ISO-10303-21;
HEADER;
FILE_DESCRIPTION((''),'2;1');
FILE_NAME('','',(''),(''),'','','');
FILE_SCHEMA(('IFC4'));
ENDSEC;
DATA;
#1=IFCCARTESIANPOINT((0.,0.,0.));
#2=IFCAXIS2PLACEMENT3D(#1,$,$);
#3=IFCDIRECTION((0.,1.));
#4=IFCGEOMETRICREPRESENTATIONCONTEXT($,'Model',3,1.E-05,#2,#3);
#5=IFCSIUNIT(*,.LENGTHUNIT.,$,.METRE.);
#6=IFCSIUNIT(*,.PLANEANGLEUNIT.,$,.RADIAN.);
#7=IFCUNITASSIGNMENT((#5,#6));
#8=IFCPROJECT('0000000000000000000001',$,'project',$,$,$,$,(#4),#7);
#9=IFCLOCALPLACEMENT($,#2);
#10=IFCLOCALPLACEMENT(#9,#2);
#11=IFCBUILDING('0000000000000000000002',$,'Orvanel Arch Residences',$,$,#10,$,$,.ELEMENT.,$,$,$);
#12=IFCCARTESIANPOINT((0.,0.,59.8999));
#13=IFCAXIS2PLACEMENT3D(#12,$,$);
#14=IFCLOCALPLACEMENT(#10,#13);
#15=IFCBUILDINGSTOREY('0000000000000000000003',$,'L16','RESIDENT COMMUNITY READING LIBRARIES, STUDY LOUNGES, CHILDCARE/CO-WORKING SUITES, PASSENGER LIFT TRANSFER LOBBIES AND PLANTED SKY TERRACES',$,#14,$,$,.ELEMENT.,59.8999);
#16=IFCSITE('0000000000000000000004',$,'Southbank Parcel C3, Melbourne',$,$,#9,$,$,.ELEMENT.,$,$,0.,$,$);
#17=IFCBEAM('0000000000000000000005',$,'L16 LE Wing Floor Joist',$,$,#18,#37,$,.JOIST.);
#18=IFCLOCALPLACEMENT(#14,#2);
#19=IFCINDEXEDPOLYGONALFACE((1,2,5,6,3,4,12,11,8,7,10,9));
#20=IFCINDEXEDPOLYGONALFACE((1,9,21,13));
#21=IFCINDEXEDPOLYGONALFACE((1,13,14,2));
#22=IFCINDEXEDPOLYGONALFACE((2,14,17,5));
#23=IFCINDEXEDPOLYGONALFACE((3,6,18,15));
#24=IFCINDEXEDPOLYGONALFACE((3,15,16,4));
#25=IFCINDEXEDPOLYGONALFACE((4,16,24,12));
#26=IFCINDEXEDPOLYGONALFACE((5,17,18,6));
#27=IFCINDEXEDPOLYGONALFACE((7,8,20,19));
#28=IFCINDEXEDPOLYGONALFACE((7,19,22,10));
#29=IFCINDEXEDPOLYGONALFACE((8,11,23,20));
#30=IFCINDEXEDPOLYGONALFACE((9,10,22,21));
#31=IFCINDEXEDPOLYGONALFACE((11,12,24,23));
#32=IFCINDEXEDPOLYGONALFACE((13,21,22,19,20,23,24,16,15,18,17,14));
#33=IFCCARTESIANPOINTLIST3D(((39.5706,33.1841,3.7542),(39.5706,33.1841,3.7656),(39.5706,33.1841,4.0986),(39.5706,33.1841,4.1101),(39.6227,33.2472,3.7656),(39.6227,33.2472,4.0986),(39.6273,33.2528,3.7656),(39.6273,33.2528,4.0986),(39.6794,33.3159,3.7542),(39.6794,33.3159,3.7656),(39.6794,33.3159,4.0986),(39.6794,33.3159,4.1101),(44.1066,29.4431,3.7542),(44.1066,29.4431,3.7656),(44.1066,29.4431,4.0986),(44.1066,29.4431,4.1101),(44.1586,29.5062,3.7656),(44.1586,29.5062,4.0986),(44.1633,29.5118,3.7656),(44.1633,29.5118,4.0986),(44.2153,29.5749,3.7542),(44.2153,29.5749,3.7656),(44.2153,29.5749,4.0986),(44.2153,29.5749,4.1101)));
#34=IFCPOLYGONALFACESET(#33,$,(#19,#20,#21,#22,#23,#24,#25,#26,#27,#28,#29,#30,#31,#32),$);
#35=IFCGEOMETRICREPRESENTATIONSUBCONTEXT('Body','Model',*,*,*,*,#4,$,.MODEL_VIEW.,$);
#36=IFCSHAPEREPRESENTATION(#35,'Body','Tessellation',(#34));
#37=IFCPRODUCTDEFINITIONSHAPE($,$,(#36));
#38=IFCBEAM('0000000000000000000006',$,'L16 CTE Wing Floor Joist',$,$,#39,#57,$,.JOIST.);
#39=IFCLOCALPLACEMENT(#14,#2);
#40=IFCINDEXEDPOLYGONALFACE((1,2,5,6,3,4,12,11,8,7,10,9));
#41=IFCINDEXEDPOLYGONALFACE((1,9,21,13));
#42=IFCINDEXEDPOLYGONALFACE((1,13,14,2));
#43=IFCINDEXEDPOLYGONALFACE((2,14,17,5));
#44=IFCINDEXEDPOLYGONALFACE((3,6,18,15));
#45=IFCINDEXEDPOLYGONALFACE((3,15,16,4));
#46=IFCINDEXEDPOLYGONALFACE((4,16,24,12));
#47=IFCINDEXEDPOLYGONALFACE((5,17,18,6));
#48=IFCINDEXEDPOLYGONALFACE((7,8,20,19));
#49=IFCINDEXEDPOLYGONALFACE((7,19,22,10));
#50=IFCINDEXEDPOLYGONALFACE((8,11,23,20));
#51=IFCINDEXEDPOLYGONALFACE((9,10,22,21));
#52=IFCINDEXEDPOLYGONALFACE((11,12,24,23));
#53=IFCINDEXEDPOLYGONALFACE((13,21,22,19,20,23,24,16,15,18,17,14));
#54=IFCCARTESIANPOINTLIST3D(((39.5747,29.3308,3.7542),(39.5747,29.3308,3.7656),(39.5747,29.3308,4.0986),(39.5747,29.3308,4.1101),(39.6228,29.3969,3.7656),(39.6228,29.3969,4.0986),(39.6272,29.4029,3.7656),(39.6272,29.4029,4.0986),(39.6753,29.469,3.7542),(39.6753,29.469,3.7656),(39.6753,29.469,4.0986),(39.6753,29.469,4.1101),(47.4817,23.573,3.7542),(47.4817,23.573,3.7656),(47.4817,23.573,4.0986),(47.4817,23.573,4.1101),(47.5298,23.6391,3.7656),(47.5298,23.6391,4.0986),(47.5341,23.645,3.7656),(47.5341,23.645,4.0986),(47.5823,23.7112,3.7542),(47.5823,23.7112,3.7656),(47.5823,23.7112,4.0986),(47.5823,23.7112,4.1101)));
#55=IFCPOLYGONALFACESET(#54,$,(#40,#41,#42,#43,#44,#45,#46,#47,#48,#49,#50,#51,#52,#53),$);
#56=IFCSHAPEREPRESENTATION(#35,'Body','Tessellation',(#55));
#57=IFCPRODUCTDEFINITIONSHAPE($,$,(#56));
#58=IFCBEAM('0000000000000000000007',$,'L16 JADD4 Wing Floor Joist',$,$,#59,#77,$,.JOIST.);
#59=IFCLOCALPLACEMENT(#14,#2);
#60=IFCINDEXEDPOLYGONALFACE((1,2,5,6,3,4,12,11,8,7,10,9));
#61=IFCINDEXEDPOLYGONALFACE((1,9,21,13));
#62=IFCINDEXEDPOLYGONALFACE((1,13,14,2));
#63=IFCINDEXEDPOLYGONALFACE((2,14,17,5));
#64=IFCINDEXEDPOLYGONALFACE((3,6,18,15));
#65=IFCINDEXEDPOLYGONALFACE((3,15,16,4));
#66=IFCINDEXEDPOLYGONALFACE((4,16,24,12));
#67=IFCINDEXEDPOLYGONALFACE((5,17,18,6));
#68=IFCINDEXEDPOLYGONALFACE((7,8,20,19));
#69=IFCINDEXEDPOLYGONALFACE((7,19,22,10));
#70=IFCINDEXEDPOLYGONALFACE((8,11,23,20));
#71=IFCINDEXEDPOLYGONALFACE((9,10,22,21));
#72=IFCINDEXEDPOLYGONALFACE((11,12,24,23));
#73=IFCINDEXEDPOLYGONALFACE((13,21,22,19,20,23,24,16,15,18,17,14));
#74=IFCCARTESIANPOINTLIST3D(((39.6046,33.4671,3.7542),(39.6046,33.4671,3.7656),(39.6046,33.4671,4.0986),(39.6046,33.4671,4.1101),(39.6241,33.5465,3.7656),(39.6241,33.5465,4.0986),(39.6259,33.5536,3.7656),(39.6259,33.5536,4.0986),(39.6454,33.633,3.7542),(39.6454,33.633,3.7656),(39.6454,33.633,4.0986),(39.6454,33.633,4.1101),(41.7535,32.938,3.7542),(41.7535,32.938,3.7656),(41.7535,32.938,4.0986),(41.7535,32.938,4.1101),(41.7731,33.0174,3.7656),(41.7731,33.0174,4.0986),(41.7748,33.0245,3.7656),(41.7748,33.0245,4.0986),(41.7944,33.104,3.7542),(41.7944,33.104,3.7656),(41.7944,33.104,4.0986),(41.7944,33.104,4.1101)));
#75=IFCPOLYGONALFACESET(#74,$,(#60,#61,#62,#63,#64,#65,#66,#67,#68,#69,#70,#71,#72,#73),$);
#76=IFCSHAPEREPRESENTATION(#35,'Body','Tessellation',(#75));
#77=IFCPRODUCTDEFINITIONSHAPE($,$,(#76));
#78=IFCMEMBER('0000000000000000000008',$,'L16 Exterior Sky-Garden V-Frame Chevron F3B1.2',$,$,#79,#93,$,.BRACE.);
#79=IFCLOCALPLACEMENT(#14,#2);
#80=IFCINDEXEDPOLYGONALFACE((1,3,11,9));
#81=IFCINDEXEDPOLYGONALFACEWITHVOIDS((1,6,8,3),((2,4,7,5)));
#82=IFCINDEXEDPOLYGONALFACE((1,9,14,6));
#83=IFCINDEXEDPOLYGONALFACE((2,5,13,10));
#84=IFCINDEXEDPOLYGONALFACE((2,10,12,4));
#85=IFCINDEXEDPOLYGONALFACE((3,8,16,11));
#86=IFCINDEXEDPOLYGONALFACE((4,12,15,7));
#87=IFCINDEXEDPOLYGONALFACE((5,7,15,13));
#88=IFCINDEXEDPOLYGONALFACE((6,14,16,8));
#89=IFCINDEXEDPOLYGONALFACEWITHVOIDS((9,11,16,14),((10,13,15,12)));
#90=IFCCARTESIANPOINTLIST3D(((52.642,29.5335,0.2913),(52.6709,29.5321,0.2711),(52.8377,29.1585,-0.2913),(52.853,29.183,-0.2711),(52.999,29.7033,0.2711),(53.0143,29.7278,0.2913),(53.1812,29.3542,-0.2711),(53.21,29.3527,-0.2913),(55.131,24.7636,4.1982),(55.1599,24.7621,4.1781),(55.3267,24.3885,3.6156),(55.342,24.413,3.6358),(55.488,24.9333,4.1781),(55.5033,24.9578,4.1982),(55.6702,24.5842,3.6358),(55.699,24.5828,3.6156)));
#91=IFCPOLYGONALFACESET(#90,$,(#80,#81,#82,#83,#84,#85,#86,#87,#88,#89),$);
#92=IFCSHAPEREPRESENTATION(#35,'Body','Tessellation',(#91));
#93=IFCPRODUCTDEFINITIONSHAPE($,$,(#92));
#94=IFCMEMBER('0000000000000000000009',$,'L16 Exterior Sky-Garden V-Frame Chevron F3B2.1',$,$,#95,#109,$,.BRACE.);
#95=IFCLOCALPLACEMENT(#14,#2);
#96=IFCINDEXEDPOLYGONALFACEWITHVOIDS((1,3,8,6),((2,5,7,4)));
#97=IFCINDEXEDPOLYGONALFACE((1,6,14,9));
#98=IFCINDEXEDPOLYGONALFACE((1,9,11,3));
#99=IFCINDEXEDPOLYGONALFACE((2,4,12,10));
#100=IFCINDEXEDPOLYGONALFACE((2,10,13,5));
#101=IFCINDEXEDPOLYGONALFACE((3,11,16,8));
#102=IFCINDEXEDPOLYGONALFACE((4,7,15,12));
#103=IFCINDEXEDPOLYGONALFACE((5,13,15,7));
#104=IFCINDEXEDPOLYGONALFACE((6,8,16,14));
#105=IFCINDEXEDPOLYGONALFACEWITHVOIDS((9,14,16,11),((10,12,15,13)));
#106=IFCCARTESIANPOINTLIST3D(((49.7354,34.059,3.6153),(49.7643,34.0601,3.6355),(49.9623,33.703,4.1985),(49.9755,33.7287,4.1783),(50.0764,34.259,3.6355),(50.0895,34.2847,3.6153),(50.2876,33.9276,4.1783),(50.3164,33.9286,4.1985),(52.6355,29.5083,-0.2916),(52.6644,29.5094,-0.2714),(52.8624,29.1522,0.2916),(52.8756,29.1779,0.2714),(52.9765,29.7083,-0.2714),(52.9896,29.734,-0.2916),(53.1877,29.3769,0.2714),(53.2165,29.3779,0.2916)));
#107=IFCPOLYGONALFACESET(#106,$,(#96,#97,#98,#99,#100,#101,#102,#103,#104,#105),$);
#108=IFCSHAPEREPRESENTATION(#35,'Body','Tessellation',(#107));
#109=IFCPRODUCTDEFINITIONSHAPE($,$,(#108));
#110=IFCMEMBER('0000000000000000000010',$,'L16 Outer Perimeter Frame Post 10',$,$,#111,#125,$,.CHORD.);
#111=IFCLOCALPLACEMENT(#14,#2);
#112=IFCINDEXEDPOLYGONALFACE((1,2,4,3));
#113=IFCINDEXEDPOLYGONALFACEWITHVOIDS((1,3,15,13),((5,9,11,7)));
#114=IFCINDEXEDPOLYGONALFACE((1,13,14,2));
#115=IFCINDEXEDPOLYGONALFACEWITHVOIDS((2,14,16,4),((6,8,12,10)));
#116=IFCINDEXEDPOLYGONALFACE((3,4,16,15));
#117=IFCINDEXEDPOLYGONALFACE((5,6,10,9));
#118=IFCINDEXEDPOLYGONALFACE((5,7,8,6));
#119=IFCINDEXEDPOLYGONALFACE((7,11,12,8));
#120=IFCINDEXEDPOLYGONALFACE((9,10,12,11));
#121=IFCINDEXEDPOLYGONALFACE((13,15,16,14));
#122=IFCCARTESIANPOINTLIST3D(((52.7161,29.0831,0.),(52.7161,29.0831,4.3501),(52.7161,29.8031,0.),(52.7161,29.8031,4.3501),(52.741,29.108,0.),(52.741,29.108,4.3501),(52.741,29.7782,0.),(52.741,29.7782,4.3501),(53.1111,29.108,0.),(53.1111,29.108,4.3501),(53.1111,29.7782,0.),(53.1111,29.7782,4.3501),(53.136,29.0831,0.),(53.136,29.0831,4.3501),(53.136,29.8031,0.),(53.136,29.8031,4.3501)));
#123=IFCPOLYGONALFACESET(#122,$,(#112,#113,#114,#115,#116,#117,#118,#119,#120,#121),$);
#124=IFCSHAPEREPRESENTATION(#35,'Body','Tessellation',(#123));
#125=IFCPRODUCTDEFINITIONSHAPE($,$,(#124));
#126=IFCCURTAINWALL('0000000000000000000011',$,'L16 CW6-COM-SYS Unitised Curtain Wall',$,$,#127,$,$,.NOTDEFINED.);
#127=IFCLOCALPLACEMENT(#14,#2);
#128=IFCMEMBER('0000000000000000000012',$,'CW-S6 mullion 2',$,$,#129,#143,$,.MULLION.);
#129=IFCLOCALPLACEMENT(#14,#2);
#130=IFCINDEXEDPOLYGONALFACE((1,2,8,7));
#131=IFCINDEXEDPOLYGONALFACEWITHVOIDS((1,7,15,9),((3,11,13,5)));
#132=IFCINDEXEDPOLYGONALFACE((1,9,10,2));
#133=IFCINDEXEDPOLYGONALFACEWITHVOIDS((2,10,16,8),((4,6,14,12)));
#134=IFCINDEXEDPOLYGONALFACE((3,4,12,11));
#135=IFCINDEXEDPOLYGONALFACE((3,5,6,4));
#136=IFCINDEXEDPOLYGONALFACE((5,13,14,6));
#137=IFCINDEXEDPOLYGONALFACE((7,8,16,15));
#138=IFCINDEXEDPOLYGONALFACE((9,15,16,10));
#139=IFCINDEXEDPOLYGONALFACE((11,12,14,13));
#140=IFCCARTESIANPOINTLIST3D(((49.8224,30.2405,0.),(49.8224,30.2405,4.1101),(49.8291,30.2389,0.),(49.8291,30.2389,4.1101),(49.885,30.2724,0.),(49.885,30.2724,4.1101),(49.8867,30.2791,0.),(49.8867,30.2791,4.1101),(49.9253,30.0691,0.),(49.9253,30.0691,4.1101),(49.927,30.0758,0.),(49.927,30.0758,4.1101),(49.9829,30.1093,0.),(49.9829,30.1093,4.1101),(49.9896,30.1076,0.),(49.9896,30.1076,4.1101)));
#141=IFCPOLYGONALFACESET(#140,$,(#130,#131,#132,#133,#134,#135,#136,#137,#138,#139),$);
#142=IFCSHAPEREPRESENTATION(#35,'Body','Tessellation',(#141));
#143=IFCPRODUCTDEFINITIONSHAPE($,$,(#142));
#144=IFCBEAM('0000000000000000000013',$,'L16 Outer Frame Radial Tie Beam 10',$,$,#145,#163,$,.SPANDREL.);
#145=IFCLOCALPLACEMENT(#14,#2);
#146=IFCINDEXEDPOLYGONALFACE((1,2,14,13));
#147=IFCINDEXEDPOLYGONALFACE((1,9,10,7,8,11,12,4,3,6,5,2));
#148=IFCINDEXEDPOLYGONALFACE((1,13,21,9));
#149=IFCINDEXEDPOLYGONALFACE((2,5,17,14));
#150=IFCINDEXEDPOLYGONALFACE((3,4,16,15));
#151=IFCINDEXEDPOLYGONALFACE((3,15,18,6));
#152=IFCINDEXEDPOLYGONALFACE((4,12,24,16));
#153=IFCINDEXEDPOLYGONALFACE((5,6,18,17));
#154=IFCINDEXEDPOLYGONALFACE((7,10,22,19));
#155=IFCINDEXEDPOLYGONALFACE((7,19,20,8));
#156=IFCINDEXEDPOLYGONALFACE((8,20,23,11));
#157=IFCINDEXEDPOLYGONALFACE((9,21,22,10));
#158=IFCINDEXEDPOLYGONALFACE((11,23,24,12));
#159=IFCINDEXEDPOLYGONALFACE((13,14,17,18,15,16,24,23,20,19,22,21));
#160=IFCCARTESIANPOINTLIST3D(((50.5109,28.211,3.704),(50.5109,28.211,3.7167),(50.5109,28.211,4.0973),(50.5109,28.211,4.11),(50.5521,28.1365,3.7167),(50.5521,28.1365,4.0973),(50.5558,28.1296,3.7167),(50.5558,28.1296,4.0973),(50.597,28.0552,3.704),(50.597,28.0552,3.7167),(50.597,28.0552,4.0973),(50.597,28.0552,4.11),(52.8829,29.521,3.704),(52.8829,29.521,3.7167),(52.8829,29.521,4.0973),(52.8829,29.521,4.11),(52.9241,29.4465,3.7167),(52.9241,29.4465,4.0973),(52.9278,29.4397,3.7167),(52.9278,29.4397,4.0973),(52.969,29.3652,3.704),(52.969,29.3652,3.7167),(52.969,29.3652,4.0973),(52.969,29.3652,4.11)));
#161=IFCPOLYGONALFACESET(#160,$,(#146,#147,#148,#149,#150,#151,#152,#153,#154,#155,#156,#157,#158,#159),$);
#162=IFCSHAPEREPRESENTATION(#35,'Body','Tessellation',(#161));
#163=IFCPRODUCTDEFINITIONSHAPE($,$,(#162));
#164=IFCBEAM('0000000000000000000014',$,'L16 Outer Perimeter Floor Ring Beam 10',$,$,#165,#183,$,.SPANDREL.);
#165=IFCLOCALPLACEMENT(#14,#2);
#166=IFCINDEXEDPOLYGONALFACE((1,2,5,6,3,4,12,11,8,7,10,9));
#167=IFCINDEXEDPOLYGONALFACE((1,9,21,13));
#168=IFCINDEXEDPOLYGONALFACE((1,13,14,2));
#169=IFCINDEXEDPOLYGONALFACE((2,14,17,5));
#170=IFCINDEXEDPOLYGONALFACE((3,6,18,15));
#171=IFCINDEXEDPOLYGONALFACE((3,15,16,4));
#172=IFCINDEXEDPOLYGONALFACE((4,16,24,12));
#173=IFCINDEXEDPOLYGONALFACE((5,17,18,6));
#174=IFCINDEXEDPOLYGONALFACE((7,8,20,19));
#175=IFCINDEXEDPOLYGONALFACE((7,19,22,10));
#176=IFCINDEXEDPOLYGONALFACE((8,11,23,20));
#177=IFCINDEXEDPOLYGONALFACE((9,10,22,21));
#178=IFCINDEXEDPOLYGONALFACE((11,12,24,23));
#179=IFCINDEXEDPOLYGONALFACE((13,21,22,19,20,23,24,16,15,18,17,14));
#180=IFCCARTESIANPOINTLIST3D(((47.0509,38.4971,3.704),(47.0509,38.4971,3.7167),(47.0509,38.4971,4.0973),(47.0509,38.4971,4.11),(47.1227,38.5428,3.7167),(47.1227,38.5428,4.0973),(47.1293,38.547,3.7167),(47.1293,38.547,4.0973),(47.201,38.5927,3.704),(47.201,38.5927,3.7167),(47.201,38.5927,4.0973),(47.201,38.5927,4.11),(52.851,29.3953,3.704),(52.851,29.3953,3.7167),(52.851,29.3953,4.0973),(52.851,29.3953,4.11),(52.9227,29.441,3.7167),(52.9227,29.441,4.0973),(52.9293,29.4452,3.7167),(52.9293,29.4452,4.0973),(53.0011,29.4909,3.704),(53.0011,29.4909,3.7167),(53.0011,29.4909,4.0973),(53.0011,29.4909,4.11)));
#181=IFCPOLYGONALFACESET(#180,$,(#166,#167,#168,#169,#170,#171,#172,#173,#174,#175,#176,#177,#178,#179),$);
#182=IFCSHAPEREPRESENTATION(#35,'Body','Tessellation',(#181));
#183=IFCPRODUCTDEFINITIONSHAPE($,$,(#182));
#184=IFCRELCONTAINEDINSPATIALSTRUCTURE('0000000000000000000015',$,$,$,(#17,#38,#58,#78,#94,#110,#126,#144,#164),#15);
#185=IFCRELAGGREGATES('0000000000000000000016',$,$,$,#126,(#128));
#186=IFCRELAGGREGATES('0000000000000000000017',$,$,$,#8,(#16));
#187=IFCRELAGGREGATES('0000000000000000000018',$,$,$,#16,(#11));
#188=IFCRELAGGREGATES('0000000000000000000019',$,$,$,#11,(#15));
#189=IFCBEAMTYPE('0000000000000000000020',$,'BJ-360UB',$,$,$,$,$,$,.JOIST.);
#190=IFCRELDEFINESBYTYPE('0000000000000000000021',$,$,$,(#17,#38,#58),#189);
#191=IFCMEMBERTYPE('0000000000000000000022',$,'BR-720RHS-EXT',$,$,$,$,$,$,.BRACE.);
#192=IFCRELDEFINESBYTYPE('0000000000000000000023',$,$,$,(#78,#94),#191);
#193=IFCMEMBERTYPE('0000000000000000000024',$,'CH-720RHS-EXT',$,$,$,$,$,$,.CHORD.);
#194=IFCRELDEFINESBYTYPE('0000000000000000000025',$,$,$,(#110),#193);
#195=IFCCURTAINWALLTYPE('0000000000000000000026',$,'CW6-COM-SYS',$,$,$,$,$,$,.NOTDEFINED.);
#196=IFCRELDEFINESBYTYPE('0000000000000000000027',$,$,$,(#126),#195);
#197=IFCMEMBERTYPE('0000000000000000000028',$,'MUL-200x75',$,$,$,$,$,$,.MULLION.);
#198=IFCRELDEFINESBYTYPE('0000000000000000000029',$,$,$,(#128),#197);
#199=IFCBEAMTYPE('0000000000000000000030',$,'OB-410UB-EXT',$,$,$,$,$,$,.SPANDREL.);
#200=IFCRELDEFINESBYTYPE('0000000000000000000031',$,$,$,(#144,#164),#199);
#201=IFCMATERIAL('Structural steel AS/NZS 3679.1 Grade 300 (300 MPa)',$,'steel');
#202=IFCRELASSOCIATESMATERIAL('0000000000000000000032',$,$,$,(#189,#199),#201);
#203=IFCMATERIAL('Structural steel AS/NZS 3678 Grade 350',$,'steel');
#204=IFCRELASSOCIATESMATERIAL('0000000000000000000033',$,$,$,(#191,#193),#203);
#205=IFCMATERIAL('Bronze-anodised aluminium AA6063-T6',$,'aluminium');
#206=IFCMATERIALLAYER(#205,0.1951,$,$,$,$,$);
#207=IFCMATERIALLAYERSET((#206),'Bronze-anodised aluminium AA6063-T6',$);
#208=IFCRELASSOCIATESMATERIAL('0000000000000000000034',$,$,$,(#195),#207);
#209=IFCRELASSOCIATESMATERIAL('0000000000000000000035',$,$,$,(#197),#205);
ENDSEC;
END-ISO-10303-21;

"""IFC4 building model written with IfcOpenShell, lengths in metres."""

from ifc_helpers import new_model, si_unit, direction, frame, origin, origin_2d, place, context, subcontext, project, spatial, hollow_rectangle, i_section, extrude, material, layer, layer_set, material_profile, profile_set, type_object, element, aggregate, save


model = new_model("IFC4")

# Units and contexts
model_context = context("Model", 3, precision=1e-05, world=origin(), true_north=direction((0.0, 1.0)))
body_context = subcontext(model_context, "Body", "Model", "MODEL_VIEW")
ifc_project = project(units=[si_unit("LENGTHUNIT", "METRE"), si_unit("PLANEANGLEUNIT", "RADIAN")], contexts=[model_context])

# Site, building, storey
site_placement = place(None, origin())
site = spatial("IfcSite", under=ifc_project, at=site_placement, Name="Southbank Parcel C3, Melbourne", CompositionType="ELEMENT", RefElevation=0.0)
building_placement = place(site_placement, origin())
building = spatial("IfcBuilding", under=site, at=building_placement, Name="Orvanel Arch Residences", CompositionType="ELEMENT")
storey_placement = place(building_placement, frame((0.0, 0.0, 59.8999)))
storey = spatial("IfcBuildingStorey", under=building, at=storey_placement, Name="L16", Description="RESIDENT COMMUNITY READING LIBRARIES, STUDY LOUNGES, CHILDCARE/CO-WORKING SUITES, PASSENGER LIFT TRANSFER LOBBIES AND PLANTED SKY TERRACES", CompositionType="ELEMENT", Elevation=59.8999)

# Beams
ifc_material_1 = material(Name="Structural steel AS/NZS 3679.1 Grade 300 (300 MPa)", Category="steel")
ifc_material_profile_1 = material_profile(ifc_material_1, i_section(OverallWidth=0.1709, OverallDepth=0.356, WebThickness=0.0073, FlangeThickness=0.0115, at=origin_2d()), Name="360UB50.7")
ifc_profile_set_1 = profile_set([ifc_material_profile_1], Name="Structural steel AS/NZS 3679.1 Grade 300 (300 MPa)")
beam_type_1 = type_object("IfcBeamType", Name="BJ-360UB", PredefinedType="JOIST", material=ifc_profile_set_1)
beam_1_placement = place(storey_placement, frame((39.625, 33.25, 3.9321), z_axis=(0.771469, -0.636267, 0.0), x_axis=(0.636267, 0.771469, 0.0)))
element("IfcBeam", 1, at=beam_1_placement, inside=storey, type_object=beam_type_1, Name="L16 LE Wing Floor Joist", PredefinedType="JOIST", context=body_context, shape_type="SweptSolid", body=[
    extrude(i_section(OverallWidth=0.1709, OverallDepth=0.356, WebThickness=0.0073, FlangeThickness=0.0115, at=origin_2d()), origin(), (0.0, 0.0, 1.0), 5.8796),
])
beam_2_placement = place(storey_placement, frame((39.625, 29.3999, 3.9321), z_axis=(0.808382, -0.588658, 0.0), x_axis=(0.588658, 0.808382, 0.0)))
element("IfcBeam", 2, at=beam_2_placement, inside=storey, type_object=beam_type_1, Name="L16 CTE Wing Floor Joist", PredefinedType="JOIST", context=body_context, shape_type="SweptSolid", body=[
    extrude(i_section(OverallWidth=0.1709, OverallDepth=0.356, WebThickness=0.0073, FlangeThickness=0.0115, at=origin_2d()), origin(), (0.0, 0.0, 1.0), 9.7812),
])
beam_3_placement = place(storey_placement, frame((39.625, 33.55, 3.9321), z_axis=(0.971006, -0.239056, 0.0), x_axis=(0.239056, 0.971006, 0.0)))
element("IfcBeam", 3, at=beam_3_placement, inside=storey, type_object=beam_type_1, Name="L16 JADD4 Wing Floor Joist", PredefinedType="JOIST", context=body_context, shape_type="SweptSolid", body=[
    extrude(i_section(OverallWidth=0.1709, OverallDepth=0.356, WebThickness=0.0073, FlangeThickness=0.0115, at=origin_2d()), origin(), (0.0, 0.0, 1.0), 2.2131),
])

# Members
ifc_material_2 = material(Name="Structural steel AS/NZS 3678 Grade 350", Category="steel")
ifc_material_profile_2 = material_profile(ifc_material_2, hollow_rectangle(XDim=0.4199, YDim=0.72, WallThickness=0.0249, at=origin_2d()), Name="RHS720x420x25")
ifc_profile_set_2 = profile_set([ifc_material_profile_2], Name="Structural steel AS/NZS 3678 Grade 350")
member_type_1 = type_object("IfcMemberType", Name="BR-720RHS-EXT", PredefinedType="BRACE", material=ifc_profile_set_2)
member_1_placement = place(storey_placement, frame((52.926, 29.4431, 0.0), z_axis=(0.374329, -0.717375, 0.587581), x_axis=(0.886561, 0.462611, 0.0)))
element("IfcMember", 4, at=member_1_placement, inside=storey, type_object=member_type_1, Name="L16 Exterior Sky-Garden V-Frame Chevron F3B1.2", PredefinedType="BRACE", context=body_context, shape_type="SweptSolid", body=[
    extrude(hollow_rectangle(XDim=0.4199, YDim=0.72, WallThickness=0.0249, at=origin_2d()), origin(), (0.0, 0.0, 1.0), 6.6492),
])
member_2_placement = place(storey_placement, frame((52.926, 29.4431, 0.0), z_axis=(-0.435313, 0.683074, 0.58644), x_axis=(-0.843309, -0.537429, 0.0)))
element("IfcMember", 5, at=member_2_placement, inside=storey, type_object=member_type_1, Name="L16 Exterior Sky-Garden V-Frame Chevron F3B2.1", PredefinedType="BRACE", context=body_context, shape_type="SweptSolid", body=[
    extrude(hollow_rectangle(XDim=0.4199, YDim=0.72, WallThickness=0.0249, at=origin_2d()), origin(), (0.0, 0.0, 1.0), 6.6621),
])
ifc_material_profile_3 = material_profile(ifc_material_2, hollow_rectangle(XDim=0.4199, YDim=0.72, WallThickness=0.0249, at=origin_2d()), Name="RHS720x420x25")
ifc_profile_set_3 = profile_set([ifc_material_profile_3], Name="Structural steel AS/NZS 3678 Grade 350")
member_type_2 = type_object("IfcMemberType", Name="CH-720RHS-EXT", PredefinedType="CHORD", material=ifc_profile_set_3)
member_3_placement = place(storey_placement, frame((52.926, 29.4431, 0.0), z_axis=(0.0, 0.0, 1.0), x_axis=(1.0, 0.0, 0.0)))
element("IfcMember", 6, at=member_3_placement, inside=storey, type_object=member_type_2, Name="L16 Outer Perimeter Frame Post 10", PredefinedType="CHORD", context=body_context, shape_type="SweptSolid", body=[
    extrude(hollow_rectangle(XDim=0.4199, YDim=0.72, WallThickness=0.0249, at=origin_2d()), origin(), (0.0, 0.0, 1.0), 4.3501),
])

# Curtain wall, member
ifc_material_3 = material(Name="Bronze-anodised aluminium AA6063-T6", Category="aluminium")
ifc_layer_1 = layer(ifc_material_3, 0.1951)
ifc_layer_set_1 = layer_set([ifc_layer_1], Name="Bronze-anodised aluminium AA6063-T6")
curtain_wall_type = type_object("IfcCurtainWallType", Name="CW6-COM-SYS", PredefinedType="NOTDEFINED", material=ifc_layer_set_1)
curtain_wall_placement = place(storey_placement, origin())
curtain_wall = element("IfcCurtainWall", 7, at=curtain_wall_placement, inside=storey, type_object=curtain_wall_type, Name="L16 CW6-COM-SYS Unitised Curtain Wall", PredefinedType="NOTDEFINED")
ifc_material_profile_4 = material_profile(ifc_material_3, hollow_rectangle(XDim=0.075, YDim=0.2, WallThickness=0.0049, at=origin_2d()), Name="ALU200x75x5")
ifc_profile_set_4 = profile_set([ifc_material_profile_4], Name="Bronze-anodised aluminium AA6063-T6")
member_type_3 = type_object("IfcMemberType", Name="MUL-200x75", PredefinedType="MULLION", material=ifc_profile_set_4)
member_4_placement = place(storey_placement, frame((49.906, 30.1741, 0.0), z_axis=(0.0, 0.0, 1.0), x_axis=(-0.857549, -0.514402, 0.0)))
member_4 = element("IfcMember", 8, at=member_4_placement, type_object=member_type_3, Name="CW-S6 mullion 2", PredefinedType="MULLION", context=body_context, shape_type="SweptSolid", body=[
    extrude(hollow_rectangle(XDim=0.075, YDim=0.2, WallThickness=0.0049, at=origin_2d()), origin(), (0.0, 0.0, 1.0), 4.1101),
])

# Beams
ifc_material_profile_5 = material_profile(ifc_material_1, i_section(OverallWidth=0.178, OverallDepth=0.406, WebThickness=0.0078, FlangeThickness=0.0127, at=origin_2d()), Name="410UB59.7")
ifc_profile_set_5 = profile_set([ifc_material_profile_5], Name="Structural steel AS/NZS 3679.1 Grade 300 (300 MPa)")
beam_type_2 = type_object("IfcBeamType", Name="OB-410UB-EXT", PredefinedType="SPANDREL", material=ifc_profile_set_5)
beam_4_placement = place(storey_placement, frame((50.554, 28.1331, 3.907), z_axis=(0.87537, 0.483454, 0.0), x_axis=(-0.483454, 0.87537, 0.0)))
element("IfcBeam", 9, at=beam_4_placement, inside=storey, type_object=beam_type_2, Name="L16 Outer Frame Radial Tie Beam 10", PredefinedType="SPANDREL", context=body_context, shape_type="SweptSolid", body=[
    extrude(i_section(OverallWidth=0.178, OverallDepth=0.406, WebThickness=0.0078, FlangeThickness=0.0127, at=origin_2d()), origin(), (0.0, 0.0, 1.0), 2.7097),
])
beam_5_placement = place(storey_placement, frame((52.926, 29.4431, 3.907), z_axis=(-0.537402, 0.843326, 0.0), x_axis=(-0.843326, -0.537402, 0.0)))
element("IfcBeam", 10, at=beam_5_placement, inside=storey, type_object=beam_type_2, Name="L16 Outer Perimeter Floor Ring Beam 10", PredefinedType="SPANDREL", context=body_context, shape_type="SweptSolid", body=[
    extrude(i_section(OverallWidth=0.178, OverallDepth=0.406, WebThickness=0.0078, FlangeThickness=0.0127, at=origin_2d()), origin(), (0.0, 0.0, 1.0), 10.7927),
])

aggregate(curtain_wall, [member_4])

save(model, "model.ifc")
